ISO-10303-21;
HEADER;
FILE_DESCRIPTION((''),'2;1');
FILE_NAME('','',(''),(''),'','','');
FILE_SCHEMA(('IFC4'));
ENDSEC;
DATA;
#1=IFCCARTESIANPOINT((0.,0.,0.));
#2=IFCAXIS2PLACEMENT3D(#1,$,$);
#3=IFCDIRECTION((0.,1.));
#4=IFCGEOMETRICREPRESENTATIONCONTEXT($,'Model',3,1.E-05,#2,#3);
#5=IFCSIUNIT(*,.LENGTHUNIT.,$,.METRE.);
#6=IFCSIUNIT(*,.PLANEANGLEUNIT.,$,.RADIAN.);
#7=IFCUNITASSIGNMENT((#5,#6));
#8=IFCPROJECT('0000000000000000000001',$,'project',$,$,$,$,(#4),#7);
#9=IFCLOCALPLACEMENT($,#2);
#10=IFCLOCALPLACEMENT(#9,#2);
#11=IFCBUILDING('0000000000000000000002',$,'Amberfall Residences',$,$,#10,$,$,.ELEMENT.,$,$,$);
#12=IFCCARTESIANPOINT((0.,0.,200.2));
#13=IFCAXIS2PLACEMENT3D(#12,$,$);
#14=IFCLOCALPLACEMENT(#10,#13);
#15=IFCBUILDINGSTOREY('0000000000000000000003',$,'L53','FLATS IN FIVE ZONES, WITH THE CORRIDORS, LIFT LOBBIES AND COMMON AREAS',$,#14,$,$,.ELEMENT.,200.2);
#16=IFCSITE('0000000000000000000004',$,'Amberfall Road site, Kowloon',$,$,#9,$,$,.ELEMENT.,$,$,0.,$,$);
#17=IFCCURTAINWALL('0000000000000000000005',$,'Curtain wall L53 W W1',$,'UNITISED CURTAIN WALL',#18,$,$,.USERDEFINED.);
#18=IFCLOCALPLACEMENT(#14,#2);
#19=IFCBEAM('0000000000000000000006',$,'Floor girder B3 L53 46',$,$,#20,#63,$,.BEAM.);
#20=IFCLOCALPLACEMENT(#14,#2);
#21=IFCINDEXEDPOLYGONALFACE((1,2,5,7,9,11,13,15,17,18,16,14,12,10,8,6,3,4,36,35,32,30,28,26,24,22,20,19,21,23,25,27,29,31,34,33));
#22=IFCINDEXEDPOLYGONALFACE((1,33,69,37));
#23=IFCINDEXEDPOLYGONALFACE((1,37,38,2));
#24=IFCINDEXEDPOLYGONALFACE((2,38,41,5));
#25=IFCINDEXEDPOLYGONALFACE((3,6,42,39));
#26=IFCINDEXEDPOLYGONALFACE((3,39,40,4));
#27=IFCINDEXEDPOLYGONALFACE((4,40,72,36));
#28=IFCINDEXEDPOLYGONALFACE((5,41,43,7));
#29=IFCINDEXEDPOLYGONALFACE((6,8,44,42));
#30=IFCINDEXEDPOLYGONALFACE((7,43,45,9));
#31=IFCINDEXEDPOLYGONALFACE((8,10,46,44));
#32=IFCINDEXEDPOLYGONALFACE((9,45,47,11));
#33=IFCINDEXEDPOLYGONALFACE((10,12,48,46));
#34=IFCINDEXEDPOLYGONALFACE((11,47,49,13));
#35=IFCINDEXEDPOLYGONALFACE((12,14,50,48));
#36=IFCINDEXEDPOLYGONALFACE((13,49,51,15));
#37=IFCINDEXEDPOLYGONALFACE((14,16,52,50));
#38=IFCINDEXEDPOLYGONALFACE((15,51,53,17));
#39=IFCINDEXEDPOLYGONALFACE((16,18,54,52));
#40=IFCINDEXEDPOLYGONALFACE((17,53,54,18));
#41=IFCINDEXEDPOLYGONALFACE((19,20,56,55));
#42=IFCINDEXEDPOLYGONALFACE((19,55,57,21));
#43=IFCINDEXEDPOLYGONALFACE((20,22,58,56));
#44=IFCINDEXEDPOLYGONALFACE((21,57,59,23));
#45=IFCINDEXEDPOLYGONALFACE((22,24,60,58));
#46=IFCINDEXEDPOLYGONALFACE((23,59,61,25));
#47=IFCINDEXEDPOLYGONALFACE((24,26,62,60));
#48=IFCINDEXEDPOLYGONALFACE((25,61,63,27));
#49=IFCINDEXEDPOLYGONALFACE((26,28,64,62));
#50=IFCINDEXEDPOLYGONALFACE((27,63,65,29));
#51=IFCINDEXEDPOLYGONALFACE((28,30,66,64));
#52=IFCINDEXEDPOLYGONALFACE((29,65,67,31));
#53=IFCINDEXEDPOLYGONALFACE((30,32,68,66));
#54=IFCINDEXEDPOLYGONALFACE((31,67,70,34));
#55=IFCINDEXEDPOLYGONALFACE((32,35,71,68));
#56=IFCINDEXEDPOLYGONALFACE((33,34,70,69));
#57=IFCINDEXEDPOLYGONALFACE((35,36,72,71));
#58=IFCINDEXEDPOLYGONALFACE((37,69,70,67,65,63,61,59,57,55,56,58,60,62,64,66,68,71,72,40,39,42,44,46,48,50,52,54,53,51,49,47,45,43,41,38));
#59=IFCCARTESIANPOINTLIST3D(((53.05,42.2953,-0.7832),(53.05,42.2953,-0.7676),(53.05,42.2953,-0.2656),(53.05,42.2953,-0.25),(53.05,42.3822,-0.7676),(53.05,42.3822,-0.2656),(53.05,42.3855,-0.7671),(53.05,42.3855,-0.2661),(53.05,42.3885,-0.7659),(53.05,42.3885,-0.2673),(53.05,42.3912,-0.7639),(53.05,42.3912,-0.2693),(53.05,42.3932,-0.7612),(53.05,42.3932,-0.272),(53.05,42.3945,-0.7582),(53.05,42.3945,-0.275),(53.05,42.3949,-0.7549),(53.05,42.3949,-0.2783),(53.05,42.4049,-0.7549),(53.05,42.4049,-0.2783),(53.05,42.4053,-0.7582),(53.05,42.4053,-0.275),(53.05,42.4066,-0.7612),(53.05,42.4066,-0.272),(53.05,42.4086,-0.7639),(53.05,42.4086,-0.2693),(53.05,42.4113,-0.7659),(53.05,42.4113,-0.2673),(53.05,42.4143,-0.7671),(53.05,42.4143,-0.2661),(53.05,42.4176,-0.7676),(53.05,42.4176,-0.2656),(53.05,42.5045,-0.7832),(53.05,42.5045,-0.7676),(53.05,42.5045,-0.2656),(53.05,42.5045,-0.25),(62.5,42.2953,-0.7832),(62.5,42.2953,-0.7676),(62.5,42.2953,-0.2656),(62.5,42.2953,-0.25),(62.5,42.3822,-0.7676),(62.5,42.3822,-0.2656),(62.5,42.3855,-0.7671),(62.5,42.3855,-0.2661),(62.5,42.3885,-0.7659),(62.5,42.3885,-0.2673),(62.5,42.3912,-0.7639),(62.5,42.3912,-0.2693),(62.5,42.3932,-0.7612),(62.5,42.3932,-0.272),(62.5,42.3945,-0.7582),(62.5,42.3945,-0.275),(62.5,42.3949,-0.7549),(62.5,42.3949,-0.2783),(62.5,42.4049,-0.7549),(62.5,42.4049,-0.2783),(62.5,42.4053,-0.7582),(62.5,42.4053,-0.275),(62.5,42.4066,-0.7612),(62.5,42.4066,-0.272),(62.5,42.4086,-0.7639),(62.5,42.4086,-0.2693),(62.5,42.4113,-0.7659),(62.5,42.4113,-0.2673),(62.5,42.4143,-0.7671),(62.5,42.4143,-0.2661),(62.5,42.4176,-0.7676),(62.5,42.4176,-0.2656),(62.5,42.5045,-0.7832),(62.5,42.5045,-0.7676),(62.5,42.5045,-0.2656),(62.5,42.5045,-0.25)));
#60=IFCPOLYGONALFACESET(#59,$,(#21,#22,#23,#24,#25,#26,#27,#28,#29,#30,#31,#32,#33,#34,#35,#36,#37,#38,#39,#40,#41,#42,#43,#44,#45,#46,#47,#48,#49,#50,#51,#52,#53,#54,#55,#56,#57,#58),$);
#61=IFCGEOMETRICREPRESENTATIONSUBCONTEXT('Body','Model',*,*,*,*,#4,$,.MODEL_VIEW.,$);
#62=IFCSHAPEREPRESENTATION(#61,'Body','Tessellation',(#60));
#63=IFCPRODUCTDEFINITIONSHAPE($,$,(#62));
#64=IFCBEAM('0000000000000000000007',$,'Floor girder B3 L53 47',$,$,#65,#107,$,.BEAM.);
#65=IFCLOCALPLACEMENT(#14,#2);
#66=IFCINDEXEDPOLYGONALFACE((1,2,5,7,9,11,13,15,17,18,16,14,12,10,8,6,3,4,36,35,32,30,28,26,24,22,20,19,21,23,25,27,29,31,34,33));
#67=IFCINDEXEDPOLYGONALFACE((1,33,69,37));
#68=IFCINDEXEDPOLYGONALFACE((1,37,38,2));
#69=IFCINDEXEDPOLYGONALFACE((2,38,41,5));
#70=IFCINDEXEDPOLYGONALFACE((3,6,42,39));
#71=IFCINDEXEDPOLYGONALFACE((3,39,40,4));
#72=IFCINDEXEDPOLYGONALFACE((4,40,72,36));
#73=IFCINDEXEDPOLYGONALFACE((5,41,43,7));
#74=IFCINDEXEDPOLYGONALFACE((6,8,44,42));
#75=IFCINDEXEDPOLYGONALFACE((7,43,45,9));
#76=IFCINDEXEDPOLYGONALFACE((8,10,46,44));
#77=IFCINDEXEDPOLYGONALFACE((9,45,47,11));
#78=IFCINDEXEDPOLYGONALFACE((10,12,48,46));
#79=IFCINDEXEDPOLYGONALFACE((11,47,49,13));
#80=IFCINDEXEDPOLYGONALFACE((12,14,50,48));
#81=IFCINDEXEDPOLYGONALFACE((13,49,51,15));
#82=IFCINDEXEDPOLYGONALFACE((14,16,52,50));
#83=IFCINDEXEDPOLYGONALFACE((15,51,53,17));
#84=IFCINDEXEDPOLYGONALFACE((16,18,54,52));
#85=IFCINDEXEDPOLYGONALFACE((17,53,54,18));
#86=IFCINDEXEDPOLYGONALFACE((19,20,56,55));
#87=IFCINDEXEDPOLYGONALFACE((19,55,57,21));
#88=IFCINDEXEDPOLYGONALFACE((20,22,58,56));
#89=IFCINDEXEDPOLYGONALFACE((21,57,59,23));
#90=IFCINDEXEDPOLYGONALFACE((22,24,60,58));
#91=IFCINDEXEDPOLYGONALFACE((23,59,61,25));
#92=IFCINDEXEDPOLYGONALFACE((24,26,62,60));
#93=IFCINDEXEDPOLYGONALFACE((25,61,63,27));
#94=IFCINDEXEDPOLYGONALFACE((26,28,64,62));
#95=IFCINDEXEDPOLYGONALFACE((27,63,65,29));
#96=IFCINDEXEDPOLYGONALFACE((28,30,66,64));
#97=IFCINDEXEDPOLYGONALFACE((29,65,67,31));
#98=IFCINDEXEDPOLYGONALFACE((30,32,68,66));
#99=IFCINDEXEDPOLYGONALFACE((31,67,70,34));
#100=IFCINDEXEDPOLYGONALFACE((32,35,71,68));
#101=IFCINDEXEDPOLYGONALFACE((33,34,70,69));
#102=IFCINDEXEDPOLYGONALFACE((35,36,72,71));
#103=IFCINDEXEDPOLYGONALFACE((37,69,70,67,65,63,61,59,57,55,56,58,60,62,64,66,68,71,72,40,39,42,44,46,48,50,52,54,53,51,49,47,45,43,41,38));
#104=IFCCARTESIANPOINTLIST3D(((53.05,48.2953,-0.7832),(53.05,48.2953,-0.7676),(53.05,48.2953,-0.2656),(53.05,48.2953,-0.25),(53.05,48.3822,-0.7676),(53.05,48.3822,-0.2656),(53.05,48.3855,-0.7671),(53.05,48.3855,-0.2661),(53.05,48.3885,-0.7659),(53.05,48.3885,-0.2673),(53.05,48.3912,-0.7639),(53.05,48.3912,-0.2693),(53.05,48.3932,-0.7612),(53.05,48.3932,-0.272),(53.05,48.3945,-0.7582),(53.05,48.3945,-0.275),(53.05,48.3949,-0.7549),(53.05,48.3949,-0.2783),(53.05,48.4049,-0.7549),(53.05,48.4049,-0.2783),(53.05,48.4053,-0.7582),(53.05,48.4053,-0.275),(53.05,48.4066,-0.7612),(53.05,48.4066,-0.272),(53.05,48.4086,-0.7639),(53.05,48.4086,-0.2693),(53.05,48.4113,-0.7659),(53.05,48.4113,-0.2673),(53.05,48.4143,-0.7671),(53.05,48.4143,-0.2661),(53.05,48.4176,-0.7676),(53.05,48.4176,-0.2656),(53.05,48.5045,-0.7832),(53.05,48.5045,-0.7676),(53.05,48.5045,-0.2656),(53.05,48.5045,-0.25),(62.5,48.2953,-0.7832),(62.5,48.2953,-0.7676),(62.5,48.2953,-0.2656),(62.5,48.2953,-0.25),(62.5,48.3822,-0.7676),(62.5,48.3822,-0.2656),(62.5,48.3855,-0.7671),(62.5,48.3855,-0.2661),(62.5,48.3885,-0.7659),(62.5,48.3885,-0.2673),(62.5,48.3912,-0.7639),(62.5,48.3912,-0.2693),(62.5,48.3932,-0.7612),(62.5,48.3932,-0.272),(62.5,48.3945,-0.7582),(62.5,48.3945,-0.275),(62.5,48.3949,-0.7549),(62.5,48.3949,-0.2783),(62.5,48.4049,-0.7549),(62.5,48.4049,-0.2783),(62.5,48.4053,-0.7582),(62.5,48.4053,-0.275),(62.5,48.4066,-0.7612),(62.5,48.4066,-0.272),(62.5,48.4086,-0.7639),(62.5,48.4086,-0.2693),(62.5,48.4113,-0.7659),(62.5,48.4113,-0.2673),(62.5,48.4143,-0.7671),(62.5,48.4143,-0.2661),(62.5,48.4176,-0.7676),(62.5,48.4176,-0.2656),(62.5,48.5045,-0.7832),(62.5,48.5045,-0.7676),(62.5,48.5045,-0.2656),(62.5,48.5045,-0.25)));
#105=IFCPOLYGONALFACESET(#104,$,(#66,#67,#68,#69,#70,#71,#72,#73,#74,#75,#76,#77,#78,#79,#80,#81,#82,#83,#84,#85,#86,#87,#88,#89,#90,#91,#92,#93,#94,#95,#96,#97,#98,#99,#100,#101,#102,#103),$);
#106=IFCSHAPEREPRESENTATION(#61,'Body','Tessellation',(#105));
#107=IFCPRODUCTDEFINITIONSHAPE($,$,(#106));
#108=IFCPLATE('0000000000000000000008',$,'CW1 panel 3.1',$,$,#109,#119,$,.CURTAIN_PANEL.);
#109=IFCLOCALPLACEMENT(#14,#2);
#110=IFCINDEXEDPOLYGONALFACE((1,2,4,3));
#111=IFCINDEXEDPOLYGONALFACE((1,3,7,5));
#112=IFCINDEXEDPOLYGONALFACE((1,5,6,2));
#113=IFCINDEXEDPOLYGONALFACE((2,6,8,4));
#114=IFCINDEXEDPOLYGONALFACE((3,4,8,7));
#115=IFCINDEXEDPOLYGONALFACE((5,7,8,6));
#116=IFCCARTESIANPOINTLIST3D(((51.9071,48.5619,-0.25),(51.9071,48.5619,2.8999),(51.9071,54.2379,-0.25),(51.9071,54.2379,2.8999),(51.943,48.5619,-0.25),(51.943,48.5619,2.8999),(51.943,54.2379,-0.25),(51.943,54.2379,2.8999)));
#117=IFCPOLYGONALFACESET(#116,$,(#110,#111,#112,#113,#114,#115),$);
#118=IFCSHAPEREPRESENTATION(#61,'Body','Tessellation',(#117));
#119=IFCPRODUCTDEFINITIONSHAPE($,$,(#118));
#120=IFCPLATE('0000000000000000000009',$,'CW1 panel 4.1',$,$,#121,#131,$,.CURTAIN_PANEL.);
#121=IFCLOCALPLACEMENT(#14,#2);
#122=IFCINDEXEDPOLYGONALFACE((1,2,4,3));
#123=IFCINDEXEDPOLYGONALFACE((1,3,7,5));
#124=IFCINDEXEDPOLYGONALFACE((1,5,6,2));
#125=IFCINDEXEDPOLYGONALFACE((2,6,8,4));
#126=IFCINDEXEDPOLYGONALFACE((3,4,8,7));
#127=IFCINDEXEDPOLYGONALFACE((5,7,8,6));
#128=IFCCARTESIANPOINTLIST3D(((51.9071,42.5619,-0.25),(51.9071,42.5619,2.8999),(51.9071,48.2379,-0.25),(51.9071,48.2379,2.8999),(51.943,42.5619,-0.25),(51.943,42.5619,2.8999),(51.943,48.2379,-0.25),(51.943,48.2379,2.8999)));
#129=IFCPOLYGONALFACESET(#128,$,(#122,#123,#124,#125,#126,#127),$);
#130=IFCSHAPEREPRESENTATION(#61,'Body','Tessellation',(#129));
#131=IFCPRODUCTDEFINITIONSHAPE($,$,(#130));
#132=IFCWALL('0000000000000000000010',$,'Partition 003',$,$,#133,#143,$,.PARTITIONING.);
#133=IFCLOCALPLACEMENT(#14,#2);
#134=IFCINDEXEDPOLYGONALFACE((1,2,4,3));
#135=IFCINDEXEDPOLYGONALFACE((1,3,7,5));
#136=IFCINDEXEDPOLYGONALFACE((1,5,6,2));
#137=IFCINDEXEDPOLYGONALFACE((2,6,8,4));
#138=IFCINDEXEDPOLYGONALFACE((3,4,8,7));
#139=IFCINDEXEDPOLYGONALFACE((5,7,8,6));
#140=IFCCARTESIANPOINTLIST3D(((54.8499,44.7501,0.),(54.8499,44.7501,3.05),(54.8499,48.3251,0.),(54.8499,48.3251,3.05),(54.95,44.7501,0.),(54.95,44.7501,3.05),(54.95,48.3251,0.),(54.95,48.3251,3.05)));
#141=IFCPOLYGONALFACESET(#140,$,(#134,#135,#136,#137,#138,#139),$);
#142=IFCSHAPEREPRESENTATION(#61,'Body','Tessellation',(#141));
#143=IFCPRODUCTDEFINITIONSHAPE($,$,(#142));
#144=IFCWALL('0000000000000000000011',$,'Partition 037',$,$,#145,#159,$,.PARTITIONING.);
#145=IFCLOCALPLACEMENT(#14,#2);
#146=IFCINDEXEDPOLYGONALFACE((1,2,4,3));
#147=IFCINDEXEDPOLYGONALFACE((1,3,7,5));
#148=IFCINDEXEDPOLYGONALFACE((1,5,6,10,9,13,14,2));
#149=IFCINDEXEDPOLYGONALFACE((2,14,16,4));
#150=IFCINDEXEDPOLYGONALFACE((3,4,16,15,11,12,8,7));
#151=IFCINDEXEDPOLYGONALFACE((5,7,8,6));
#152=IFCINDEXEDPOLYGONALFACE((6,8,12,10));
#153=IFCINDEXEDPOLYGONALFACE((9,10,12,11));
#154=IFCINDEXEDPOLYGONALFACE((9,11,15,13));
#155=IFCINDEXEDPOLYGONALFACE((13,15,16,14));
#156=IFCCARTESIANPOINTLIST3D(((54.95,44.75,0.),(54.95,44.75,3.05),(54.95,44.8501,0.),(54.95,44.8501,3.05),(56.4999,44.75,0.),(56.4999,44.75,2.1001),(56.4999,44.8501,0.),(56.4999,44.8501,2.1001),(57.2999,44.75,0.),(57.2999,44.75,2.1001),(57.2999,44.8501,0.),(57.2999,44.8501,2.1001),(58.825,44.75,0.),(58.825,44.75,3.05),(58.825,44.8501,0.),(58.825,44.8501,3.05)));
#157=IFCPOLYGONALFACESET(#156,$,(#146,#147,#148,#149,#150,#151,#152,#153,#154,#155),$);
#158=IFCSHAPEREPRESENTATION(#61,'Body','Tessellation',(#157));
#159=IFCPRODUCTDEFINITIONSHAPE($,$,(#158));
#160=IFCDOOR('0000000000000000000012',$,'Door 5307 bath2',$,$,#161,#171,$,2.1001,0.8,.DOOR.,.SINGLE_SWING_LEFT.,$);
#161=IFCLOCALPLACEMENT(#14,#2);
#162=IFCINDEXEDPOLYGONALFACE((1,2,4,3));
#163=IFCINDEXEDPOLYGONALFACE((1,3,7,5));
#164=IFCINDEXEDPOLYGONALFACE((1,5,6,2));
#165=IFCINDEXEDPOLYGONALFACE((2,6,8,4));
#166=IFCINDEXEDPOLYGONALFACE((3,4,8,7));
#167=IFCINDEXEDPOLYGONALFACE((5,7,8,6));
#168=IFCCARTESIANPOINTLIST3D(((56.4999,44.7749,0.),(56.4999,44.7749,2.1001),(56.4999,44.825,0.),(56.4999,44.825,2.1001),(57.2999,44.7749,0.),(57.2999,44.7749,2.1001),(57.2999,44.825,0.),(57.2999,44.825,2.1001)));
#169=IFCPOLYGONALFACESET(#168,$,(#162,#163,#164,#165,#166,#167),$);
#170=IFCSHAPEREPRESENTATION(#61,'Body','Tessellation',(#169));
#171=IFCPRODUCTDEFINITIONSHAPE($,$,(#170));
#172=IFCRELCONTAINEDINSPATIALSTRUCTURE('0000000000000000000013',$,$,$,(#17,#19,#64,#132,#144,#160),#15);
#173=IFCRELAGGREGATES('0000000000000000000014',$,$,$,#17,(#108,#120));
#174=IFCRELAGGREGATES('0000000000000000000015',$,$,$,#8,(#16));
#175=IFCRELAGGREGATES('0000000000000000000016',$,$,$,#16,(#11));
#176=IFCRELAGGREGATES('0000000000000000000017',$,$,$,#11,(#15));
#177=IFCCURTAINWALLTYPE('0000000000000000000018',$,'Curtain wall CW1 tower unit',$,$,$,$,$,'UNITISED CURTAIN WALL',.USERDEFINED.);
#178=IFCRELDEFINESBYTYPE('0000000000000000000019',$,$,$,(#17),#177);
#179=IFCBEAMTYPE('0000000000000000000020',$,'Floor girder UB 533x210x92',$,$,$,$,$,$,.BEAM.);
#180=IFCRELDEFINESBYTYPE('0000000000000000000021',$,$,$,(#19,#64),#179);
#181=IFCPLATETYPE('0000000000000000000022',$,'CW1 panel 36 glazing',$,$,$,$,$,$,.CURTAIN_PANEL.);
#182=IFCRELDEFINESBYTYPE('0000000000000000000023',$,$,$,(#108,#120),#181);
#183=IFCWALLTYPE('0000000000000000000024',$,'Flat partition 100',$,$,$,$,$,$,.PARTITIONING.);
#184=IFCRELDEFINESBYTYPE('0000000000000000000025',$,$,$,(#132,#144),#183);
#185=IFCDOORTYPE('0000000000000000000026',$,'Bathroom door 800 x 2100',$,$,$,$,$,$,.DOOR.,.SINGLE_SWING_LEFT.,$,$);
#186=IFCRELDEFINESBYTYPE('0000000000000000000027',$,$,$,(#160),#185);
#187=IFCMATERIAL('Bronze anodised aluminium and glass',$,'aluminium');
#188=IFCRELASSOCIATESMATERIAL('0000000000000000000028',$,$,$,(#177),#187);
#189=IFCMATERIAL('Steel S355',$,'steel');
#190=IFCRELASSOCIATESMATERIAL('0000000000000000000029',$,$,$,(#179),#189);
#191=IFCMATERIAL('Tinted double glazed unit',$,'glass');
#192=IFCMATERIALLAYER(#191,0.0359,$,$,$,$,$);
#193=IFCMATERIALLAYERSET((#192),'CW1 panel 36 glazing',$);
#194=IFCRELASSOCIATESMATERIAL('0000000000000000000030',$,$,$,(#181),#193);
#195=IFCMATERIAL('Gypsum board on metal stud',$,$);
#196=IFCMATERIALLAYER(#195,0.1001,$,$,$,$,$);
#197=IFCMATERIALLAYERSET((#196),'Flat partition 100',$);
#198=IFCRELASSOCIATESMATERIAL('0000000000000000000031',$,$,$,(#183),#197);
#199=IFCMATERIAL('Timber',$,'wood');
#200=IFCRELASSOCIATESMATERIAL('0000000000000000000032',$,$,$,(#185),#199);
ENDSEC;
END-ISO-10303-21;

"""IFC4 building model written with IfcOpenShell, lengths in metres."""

from ifc_helpers import new_model, si_unit, direction, frame, frame_2d, origin, origin_2d, place, context, subcontext, project, spatial, rectangle, i_section, extrude, material, layer, layer_set, material_profile, profile_set, type_object, element, fill, aggregate, save


model = new_model("IFC4")

# Units and contexts
model_context = context("Model", 3, precision=1e-05, world=origin(), true_north=direction((0.0, 1.0)))
body_context = subcontext(model_context, "Body", "Model", "MODEL_VIEW")
ifc_project = project(units=[si_unit("LENGTHUNIT", "METRE"), si_unit("PLANEANGLEUNIT", "RADIAN")], contexts=[model_context])

# Site, building, storey
site_placement = place(None, origin())
site = spatial("IfcSite", under=ifc_project, at=site_placement, Name="Amberfall Road site, Kowloon", CompositionType="ELEMENT", RefElevation=0.0)
building_placement = place(site_placement, origin())
building = spatial("IfcBuilding", under=site, at=building_placement, Name="Amberfall Residences", CompositionType="ELEMENT")
storey_placement = place(building_placement, frame((0.0, 0.0, 200.2)))
storey = spatial("IfcBuildingStorey", under=building, at=storey_placement, Name="L53", Description="FLATS IN FIVE ZONES, WITH THE CORRIDORS, LIFT LOBBIES AND COMMON AREAS", CompositionType="ELEMENT", Elevation=200.2)

# Curtain wall
ifc_material_1 = material(Name="Bronze anodised aluminium and glass", Category="aluminium")
curtain_wall_type = type_object("IfcCurtainWallType", Name="Curtain wall CW1 tower unit", ElementType="UNITISED CURTAIN WALL", PredefinedType="USERDEFINED", material=ifc_material_1)
curtain_wall_placement = place(storey_placement, origin())
curtain_wall = element("IfcCurtainWall", 1, at=curtain_wall_placement, inside=storey, type_object=curtain_wall_type, Name="Curtain wall L53 W W1", ObjectType="UNITISED CURTAIN WALL", PredefinedType="USERDEFINED")

# Shared definitions
ifc_material_2 = material(Name="Steel S355", Category="steel")

# Beams
ifc_material_profile_1 = material_profile(ifc_material_2, i_section(OverallWidth=0.2092, OverallDepth=0.5332, WebThickness=0.01, FlangeThickness=0.0156, FilletRadius=0.0127, at=origin_2d()), Name="UB 533x210x92")
ifc_profile_set_1 = profile_set([ifc_material_profile_1], Name="Steel S355")
beam_type_1 = type_object("IfcBeamType", Name="Floor girder UB 533x210x92", PredefinedType="BEAM", material=ifc_profile_set_1)
for number, where, z_axis, x_axis, name in (
    (2, (53.05, 42.3999, -0.5166), (1.0, 0.0, 0.0), (0.0, 1.0, 0.0), "Floor girder B3 L53 46"),
    (3, (53.05, 48.3999, -0.5166), (1.0, 0.0, 0.0), (0.0, 1.0, 0.0), "Floor girder B3 L53 47"),
):
    element("IfcBeam", number, at=place(storey_placement, frame(where, z_axis=z_axis, x_axis=x_axis)), inside=storey, type_object=beam_type_1, Name=name, PredefinedType="BEAM", context=body_context, shape_type="SweptSolid", body=[
        extrude(i_section(OverallWidth=0.2092, OverallDepth=0.5332, WebThickness=0.01, FlangeThickness=0.0156, FilletRadius=0.0127, at=origin_2d()), origin(), (0.0, 0.0, 1.0), 9.45),
    ])

# Plates
ifc_material_3 = material(Name="Tinted double glazed unit", Category="glass")
ifc_layer_1 = layer(ifc_material_3, 0.0359)
ifc_layer_set_1 = layer_set([ifc_layer_1], Name="CW1 panel 36 glazing")
plate_type = type_object("IfcPlateType", Name="CW1 panel 36 glazing", PredefinedType="CURTAIN_PANEL", material=ifc_layer_set_1)
plate_1_placement = place(storey_placement, frame((51.925, 51.3999, -0.25), z_axis=(0.0, 0.0, 1.0), x_axis=(0.0, -1.0, 0.0)))
plate_1 = element("IfcPlate", 4, at=plate_1_placement, type_object=plate_type, Name="CW1 panel 3.1", PredefinedType="CURTAIN_PANEL", context=body_context, shape_type="SweptSolid", body=[
    extrude(rectangle(XDim=5.676, YDim=0.0359, at=origin_2d()), origin(), (0.0, 0.0, 1.0), 3.1499),
])
plate_2_placement = place(storey_placement, frame((51.925, 45.3999, -0.25), z_axis=(0.0, 0.0, 1.0), x_axis=(0.0, -1.0, 0.0)))
plate_2 = element("IfcPlate", 5, at=plate_2_placement, type_object=plate_type, Name="CW1 panel 4.1", PredefinedType="CURTAIN_PANEL", context=body_context, shape_type="SweptSolid", body=[
    extrude(rectangle(XDim=5.676, YDim=0.0359, at=origin_2d()), origin(), (0.0, 0.0, 1.0), 3.1499),
])
aggregate(curtain_wall, [plate_1, plate_2])

# Wall
ifc_material_4 = material(Name="Gypsum board on metal stud")
ifc_layer_2 = layer(ifc_material_4, 0.1001)
ifc_layer_set_2 = layer_set([ifc_layer_2], Name="Flat partition 100")
wall_type_1 = type_object("IfcWallType", Name="Flat partition 100", PredefinedType="PARTITIONING", material=ifc_layer_set_2)
wall_1_placement = place(storey_placement, frame((54.8999, 44.75, 0.0), z_axis=(0.0, 0.0, 1.0), x_axis=(0.0, 1.0, 0.0)))
element("IfcWall", 6, at=wall_1_placement, inside=storey, type_object=wall_type_1, Name="Partition 003", PredefinedType="PARTITIONING", context=body_context, shape_type="SweptSolid", body=[
    extrude(rectangle(XDim=3.575, YDim=0.1001, at=frame_2d((1.7876, 0.0))), origin(), (0.0, 0.0, 1.0), 3.05),
])

# Wall, opening, door
wall_2_placement = place(storey_placement, frame((54.95, 44.8, 0.0), z_axis=(0.0, 0.0, 1.0), x_axis=(1.0, 0.0, 0.0)))
wall_2 = element("IfcWall", 7, at=wall_2_placement, inside=storey, type_object=wall_type_1, Name="Partition 037", PredefinedType="PARTITIONING", context=body_context, shape_type="SweptSolid", body=[
    extrude(rectangle(XDim=3.875, YDim=0.1001, at=frame_2d((1.9375, 0.0))), origin(), (0.0, 0.0, 1.0), 3.05),
])
opening_1_placement = place(wall_2_placement, frame((1.55, 0.0, 0.0)))
opening_1 = element("IfcOpeningElement", 8, at=opening_1_placement, cuts=wall_2, PredefinedType="OPENING", context=body_context, shape_type="SweptSolid", body=[
    extrude(rectangle(XDim=0.8, YDim=2.1001, at=frame_2d((0.3999, 1.05))), frame((0.0, 0.0601, 0.0), z_axis=(0.0, -1.0, 0.0), x_axis=(1.0, 0.0, 0.0)), (0.0, 0.0, 1.0), 0.1201),
])
ifc_material_5 = material(Name="Timber", Category="wood")
door_type_1 = type_object("IfcDoorType", Name="Bathroom door 800 x 2100", OperationType="SINGLE_SWING_LEFT", PredefinedType="DOOR", material=ifc_material_5)
door_1_placement = place(opening_1_placement, origin())
door_1 = element("IfcDoor", 9, at=door_1_placement, inside=storey, type_object=door_type_1, Name="Door 5307 bath2", OperationType="SINGLE_SWING_LEFT", OverallHeight=2.1001, OverallWidth=0.8, PredefinedType="DOOR", context=body_context, shape_type="SweptSolid", body=[
    extrude(rectangle(XDim=0.8, YDim=2.1001, at=frame_2d((0.3999, 1.05))), frame((0.0, 0.0249, 0.0), z_axis=(0.0, -1.0, 0.0), x_axis=(1.0, 0.0, 0.0)), (0.0, 0.0, 1.0), 0.05),
])
fill(opening_1, door_1)

save(model, "model.ifc")
